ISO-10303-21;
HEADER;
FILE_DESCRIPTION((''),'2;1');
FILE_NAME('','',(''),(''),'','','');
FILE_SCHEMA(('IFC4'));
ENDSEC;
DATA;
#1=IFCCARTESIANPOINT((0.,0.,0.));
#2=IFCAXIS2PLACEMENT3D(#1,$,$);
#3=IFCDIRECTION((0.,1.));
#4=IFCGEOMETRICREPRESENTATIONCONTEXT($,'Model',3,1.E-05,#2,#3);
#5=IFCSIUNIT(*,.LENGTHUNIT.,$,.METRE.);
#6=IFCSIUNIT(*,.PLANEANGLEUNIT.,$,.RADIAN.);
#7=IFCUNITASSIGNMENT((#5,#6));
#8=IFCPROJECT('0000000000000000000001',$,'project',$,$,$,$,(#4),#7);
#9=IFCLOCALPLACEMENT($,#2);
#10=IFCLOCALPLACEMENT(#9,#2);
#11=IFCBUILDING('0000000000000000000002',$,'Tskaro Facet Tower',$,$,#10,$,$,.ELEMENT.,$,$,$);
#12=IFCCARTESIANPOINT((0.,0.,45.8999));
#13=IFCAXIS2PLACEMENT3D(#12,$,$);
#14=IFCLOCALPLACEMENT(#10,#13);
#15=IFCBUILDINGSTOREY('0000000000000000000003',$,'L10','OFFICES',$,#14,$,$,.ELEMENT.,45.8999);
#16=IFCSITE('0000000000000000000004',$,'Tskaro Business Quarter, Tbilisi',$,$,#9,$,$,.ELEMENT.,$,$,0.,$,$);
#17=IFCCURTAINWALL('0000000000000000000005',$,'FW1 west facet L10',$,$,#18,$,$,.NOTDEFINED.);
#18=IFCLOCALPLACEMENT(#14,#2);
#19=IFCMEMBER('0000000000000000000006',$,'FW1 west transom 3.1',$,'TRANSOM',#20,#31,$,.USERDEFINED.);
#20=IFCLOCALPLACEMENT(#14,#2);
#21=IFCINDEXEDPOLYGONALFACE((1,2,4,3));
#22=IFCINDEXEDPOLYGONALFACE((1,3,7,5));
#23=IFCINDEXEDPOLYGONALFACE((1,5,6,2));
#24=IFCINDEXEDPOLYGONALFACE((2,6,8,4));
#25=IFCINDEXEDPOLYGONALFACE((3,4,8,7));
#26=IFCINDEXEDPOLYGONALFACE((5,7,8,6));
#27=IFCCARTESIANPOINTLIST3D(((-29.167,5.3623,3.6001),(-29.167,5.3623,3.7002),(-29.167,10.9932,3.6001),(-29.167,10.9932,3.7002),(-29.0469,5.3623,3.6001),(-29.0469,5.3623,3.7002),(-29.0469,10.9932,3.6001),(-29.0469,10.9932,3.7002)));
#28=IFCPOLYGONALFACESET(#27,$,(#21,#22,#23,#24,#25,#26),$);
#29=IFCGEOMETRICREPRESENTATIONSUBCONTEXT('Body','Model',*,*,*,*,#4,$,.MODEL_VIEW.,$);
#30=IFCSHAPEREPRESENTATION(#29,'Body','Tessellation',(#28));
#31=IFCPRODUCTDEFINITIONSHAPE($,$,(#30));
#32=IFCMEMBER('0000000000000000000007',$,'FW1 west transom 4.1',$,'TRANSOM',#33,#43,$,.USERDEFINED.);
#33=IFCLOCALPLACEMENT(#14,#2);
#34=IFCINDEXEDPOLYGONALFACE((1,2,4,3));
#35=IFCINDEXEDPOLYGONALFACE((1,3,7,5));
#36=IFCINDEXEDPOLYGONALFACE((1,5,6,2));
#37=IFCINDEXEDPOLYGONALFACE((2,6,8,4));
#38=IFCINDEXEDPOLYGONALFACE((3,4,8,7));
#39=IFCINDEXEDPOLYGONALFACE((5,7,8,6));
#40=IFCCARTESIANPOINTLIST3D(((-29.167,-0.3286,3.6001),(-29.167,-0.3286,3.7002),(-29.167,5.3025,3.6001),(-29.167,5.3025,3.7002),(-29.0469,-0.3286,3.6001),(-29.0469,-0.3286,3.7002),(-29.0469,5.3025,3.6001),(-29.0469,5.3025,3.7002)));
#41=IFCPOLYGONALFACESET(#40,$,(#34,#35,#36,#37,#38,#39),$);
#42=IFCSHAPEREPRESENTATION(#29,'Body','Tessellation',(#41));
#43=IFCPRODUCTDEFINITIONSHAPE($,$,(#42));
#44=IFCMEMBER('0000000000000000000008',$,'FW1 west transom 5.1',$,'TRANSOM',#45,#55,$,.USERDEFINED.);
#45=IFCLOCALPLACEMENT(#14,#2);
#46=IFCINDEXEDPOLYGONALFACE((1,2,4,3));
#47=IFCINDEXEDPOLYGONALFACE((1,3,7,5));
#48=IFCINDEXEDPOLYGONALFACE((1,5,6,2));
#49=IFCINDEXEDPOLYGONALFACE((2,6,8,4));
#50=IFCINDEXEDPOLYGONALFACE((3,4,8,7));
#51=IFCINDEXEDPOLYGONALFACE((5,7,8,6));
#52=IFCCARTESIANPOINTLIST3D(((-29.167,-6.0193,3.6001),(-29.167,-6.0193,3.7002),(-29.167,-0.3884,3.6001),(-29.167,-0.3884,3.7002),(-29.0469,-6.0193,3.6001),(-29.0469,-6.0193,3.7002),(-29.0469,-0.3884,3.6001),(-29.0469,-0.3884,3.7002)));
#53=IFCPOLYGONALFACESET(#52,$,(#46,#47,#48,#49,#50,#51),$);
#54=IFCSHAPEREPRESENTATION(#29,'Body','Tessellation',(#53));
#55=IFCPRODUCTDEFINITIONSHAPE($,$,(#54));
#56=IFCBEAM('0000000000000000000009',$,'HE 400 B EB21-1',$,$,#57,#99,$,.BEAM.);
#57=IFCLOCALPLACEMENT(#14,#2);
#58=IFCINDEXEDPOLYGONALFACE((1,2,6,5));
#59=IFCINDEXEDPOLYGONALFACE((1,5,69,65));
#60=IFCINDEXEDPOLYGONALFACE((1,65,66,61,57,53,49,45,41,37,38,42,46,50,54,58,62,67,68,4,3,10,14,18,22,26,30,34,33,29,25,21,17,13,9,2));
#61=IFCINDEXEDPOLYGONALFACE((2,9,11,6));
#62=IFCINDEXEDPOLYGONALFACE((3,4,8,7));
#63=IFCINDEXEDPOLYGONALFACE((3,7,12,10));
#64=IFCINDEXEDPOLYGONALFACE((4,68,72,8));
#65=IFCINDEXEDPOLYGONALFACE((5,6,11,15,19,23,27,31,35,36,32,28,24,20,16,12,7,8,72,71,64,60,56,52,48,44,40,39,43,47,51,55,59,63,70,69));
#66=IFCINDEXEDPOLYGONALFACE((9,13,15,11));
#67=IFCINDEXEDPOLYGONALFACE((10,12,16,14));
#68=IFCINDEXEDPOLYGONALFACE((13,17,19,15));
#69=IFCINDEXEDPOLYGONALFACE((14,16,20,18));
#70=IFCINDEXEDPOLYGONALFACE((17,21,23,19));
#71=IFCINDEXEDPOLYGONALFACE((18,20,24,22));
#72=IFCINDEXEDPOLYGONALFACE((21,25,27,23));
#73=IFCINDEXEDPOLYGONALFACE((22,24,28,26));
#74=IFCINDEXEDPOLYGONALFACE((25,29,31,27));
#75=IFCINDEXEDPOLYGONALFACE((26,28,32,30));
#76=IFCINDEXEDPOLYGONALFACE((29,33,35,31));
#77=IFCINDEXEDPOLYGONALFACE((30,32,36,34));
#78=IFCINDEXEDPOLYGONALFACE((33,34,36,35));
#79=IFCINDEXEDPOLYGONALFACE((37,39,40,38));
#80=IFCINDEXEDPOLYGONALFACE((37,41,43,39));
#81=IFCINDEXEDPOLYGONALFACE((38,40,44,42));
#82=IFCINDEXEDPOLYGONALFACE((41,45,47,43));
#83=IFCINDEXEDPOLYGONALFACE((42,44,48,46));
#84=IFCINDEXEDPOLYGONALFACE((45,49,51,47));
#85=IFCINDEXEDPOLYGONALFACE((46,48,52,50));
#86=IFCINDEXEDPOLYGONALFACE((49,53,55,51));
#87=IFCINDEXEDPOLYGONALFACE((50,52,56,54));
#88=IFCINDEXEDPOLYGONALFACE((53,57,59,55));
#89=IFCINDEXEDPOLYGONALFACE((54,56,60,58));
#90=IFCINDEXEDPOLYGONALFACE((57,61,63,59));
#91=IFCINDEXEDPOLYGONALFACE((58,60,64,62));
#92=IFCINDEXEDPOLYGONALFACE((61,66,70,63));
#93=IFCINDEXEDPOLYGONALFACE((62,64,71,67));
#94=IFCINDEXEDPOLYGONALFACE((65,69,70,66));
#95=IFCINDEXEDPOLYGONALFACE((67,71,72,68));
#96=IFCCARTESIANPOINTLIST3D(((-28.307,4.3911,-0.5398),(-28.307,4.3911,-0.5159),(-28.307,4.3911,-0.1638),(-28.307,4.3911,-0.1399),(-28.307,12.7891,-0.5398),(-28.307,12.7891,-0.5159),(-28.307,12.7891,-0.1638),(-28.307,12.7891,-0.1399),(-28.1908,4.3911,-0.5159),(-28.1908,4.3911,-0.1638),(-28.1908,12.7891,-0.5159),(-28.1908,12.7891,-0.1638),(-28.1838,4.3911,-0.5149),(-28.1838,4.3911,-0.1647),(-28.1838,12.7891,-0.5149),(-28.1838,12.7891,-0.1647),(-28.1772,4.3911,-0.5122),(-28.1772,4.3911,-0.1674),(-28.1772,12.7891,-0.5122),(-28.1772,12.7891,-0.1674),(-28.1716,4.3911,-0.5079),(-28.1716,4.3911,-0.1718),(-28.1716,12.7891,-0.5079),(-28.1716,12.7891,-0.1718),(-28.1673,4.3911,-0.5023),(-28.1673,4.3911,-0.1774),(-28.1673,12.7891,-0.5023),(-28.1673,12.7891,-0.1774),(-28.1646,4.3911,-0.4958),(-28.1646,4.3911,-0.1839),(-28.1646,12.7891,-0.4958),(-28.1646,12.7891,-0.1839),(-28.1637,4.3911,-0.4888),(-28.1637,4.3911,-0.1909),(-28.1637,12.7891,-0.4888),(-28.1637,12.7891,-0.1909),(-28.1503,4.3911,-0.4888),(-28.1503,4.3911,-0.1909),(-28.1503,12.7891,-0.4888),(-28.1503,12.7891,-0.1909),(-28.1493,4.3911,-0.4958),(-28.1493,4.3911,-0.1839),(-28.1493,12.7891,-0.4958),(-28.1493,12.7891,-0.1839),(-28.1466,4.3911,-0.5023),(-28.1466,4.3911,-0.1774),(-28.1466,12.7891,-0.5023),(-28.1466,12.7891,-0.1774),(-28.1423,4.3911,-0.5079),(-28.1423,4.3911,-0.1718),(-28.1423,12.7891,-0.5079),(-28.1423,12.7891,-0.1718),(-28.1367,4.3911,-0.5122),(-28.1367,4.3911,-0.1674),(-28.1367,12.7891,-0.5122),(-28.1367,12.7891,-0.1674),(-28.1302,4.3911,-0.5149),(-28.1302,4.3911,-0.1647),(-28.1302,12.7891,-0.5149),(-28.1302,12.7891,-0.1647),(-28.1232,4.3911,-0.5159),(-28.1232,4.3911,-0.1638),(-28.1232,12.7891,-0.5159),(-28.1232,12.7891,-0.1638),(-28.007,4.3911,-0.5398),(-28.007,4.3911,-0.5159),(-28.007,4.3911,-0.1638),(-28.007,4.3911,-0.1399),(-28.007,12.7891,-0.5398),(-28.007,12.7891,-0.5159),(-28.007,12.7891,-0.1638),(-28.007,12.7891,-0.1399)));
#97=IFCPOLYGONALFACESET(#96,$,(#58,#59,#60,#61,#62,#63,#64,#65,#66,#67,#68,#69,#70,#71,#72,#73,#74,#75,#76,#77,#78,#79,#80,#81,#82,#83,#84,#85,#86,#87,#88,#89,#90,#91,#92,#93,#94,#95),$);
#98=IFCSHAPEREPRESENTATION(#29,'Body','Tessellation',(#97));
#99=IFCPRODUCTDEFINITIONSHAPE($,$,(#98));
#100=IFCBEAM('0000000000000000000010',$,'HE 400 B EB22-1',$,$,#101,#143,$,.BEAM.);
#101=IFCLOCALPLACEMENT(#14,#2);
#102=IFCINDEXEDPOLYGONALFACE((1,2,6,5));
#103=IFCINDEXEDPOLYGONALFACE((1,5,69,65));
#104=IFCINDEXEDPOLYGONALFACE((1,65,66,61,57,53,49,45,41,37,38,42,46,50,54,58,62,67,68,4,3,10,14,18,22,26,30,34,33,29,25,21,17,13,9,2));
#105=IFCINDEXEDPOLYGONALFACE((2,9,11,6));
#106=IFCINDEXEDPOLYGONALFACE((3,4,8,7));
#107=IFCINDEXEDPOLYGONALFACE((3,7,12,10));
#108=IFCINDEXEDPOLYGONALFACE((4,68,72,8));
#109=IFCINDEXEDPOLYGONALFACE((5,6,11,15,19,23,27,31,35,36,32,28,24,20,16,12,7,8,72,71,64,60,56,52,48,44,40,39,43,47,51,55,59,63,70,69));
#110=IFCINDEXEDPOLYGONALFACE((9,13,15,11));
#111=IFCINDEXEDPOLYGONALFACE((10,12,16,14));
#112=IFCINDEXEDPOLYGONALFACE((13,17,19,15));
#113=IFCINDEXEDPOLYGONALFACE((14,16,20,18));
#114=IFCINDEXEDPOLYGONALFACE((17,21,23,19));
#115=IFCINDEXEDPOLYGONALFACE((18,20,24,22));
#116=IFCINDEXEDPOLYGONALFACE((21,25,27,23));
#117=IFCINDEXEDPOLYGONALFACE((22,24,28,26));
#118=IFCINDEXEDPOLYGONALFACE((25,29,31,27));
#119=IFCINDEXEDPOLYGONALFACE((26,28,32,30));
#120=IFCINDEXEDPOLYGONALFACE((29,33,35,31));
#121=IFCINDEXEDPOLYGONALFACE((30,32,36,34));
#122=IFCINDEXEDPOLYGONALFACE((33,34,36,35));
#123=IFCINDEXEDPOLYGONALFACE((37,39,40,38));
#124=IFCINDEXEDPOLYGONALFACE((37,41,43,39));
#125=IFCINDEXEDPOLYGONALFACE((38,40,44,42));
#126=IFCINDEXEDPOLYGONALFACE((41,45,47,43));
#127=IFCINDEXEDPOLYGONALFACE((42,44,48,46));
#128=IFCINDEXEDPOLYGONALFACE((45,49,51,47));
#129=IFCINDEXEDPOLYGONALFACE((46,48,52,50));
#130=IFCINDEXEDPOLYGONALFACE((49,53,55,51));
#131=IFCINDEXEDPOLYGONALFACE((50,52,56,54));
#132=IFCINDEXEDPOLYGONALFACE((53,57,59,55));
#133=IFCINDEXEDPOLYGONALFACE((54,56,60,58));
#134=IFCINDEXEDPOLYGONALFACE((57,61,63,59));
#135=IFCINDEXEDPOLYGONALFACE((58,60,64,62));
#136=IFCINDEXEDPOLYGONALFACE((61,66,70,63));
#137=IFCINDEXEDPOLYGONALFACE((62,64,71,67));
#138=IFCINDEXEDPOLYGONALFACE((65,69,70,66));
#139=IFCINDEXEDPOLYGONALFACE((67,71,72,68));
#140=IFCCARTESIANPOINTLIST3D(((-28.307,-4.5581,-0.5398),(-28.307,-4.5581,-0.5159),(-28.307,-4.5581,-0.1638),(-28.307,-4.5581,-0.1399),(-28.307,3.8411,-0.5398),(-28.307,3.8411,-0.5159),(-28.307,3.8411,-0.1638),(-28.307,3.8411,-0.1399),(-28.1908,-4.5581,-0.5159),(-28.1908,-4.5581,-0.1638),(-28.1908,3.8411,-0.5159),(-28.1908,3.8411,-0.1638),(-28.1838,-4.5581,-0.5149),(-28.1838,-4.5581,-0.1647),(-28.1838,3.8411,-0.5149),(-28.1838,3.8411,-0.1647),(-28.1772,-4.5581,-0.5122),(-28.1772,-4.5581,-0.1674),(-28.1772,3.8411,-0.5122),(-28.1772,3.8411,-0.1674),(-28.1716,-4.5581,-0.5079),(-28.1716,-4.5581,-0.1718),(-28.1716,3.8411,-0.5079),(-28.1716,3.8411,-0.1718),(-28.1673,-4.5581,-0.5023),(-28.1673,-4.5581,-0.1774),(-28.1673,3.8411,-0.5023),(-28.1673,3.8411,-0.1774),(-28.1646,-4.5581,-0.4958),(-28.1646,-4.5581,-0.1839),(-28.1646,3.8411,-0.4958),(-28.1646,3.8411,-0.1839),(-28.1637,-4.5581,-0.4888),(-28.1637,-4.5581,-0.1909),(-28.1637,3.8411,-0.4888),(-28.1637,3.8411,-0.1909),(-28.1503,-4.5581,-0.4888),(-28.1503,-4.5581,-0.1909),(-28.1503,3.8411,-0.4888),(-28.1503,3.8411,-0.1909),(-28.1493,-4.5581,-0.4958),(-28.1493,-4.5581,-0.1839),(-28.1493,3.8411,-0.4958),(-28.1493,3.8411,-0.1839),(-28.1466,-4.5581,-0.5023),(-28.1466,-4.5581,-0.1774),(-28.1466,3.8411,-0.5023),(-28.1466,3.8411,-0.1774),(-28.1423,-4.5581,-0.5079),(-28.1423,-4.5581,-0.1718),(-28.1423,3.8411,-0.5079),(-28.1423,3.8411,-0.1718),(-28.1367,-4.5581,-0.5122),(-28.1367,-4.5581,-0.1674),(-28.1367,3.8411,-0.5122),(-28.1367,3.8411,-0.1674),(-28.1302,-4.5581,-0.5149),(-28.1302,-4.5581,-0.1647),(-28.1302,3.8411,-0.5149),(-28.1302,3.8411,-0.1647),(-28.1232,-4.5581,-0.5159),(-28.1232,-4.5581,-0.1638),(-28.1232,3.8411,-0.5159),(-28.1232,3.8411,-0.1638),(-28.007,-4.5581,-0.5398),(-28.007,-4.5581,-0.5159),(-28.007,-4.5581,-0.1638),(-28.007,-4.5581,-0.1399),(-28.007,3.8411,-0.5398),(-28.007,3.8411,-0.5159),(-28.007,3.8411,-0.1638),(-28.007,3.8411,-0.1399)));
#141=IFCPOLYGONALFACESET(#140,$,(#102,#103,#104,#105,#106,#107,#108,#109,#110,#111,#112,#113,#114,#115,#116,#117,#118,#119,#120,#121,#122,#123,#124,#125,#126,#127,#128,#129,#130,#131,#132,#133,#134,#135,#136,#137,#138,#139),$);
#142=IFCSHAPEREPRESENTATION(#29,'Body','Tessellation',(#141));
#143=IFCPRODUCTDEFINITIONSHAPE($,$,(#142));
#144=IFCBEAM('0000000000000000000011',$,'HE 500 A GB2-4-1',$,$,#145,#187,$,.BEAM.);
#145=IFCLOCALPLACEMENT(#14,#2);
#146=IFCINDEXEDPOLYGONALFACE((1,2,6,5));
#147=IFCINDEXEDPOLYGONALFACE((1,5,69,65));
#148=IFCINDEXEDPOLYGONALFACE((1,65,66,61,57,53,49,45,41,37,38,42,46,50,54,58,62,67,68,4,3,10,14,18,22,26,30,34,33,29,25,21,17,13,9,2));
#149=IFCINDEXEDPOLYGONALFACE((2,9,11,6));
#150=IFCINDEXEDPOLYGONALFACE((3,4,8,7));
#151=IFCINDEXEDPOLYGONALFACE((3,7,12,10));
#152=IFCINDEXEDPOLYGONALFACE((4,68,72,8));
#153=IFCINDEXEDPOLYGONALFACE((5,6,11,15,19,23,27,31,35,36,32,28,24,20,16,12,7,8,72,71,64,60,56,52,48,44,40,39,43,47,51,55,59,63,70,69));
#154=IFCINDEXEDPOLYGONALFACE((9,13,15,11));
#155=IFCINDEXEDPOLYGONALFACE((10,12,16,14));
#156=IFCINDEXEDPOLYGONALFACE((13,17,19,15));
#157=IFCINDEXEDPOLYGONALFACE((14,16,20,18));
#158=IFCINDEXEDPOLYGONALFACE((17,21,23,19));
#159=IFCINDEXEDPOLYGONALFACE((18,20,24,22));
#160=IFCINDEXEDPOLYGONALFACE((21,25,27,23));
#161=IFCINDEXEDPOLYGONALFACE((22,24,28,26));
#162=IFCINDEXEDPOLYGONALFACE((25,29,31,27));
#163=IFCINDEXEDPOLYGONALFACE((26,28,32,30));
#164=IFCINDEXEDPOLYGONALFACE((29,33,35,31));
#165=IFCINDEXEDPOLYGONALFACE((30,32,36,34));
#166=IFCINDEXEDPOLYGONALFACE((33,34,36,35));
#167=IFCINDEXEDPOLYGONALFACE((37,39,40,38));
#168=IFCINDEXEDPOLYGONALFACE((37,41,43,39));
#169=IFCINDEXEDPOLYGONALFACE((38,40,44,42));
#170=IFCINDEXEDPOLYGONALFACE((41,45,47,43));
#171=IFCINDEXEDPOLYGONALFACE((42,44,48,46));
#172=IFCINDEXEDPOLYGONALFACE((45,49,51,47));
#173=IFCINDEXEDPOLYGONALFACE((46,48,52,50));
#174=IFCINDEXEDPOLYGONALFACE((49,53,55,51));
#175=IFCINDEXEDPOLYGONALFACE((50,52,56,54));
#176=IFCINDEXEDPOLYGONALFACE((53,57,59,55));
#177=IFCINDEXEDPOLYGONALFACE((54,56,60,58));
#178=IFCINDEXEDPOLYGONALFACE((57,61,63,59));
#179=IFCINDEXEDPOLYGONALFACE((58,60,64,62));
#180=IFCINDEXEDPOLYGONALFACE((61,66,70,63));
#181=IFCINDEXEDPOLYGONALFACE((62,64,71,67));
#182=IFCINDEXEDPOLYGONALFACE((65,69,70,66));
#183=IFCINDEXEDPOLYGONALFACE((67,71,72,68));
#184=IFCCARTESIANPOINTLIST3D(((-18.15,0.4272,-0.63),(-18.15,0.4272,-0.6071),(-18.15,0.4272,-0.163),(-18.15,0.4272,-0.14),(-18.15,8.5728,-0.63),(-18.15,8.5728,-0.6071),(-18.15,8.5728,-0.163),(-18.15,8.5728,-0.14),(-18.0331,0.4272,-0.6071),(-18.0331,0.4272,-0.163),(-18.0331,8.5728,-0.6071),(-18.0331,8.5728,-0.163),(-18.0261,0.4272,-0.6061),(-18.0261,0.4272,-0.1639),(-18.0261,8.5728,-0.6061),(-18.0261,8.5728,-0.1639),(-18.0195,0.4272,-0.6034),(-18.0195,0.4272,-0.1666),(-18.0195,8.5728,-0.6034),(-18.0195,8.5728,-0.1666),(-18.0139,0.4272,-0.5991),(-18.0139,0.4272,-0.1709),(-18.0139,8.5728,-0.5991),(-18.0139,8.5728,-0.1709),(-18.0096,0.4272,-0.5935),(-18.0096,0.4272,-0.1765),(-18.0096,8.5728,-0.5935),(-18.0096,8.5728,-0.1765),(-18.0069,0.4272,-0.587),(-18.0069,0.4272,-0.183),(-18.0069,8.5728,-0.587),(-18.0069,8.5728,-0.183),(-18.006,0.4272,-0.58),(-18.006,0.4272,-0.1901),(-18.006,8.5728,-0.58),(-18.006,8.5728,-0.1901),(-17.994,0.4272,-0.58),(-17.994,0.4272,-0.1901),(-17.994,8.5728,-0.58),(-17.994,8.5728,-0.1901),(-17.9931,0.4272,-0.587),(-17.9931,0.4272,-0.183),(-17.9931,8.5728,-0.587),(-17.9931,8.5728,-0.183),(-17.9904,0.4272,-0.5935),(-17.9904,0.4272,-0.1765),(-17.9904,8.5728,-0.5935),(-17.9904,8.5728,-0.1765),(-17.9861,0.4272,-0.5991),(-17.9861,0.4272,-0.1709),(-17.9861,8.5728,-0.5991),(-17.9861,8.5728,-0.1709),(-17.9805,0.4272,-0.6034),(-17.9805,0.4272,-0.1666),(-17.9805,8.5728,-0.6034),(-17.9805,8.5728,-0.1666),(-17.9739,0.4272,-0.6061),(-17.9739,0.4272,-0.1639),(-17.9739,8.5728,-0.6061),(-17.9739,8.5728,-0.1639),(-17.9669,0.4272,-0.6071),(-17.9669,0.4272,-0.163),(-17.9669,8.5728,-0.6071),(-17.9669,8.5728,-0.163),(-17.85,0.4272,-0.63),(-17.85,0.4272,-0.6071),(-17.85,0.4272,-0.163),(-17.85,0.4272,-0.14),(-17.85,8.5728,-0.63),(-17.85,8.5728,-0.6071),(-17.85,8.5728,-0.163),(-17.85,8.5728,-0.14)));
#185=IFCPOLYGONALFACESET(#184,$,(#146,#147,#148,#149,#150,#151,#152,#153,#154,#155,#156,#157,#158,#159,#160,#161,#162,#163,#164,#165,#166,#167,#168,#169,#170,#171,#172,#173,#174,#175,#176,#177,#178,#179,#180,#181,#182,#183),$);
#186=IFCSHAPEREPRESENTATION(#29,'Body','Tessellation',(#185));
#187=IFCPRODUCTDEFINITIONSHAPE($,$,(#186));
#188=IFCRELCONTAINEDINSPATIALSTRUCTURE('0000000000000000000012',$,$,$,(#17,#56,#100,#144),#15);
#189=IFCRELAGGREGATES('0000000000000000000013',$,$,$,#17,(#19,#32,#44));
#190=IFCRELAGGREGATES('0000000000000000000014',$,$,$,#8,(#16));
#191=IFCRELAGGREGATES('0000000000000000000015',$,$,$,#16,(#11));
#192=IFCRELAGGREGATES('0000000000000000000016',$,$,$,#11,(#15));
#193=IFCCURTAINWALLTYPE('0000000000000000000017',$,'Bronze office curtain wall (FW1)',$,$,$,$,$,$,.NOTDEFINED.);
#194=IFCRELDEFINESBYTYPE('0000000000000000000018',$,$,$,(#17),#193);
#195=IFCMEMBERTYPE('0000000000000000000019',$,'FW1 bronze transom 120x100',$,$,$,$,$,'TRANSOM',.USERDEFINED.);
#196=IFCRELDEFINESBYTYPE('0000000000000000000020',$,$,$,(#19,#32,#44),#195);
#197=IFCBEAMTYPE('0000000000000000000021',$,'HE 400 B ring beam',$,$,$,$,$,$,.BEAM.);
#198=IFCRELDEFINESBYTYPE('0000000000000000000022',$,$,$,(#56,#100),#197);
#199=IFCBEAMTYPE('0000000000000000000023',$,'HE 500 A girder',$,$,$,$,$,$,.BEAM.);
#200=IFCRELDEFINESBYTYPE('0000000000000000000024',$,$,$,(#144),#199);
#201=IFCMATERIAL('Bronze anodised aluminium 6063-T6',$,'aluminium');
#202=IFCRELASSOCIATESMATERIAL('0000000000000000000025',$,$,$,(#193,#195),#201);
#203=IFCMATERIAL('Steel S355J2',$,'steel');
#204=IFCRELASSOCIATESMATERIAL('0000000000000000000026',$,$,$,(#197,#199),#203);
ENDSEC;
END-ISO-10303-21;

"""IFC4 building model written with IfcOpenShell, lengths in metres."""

from ifc_helpers import new_model, si_unit, direction, frame, origin, origin_2d, place, context, subcontext, project, spatial, rectangle, i_section, extrude, material, material_profile, profile_set, type_object, element, aggregate, save


model = new_model("IFC4")

# Units and contexts
model_context = context("Model", 3, precision=1e-05, world=origin(), true_north=direction((0.0, 1.0)))
body_context = subcontext(model_context, "Body", "Model", "MODEL_VIEW")
ifc_project = project(units=[si_unit("LENGTHUNIT", "METRE"), si_unit("PLANEANGLEUNIT", "RADIAN")], contexts=[model_context])

# Site, building, storey
site_placement = place(None, origin())
site = spatial("IfcSite", under=ifc_project, at=site_placement, Name="Tskaro Business Quarter, Tbilisi", CompositionType="ELEMENT", RefElevation=0.0)
building_placement = place(site_placement, origin())
building = spatial("IfcBuilding", under=site, at=building_placement, Name="Tskaro Facet Tower", CompositionType="ELEMENT")
storey_placement = place(building_placement, frame((0.0, 0.0, 45.8999)))
storey = spatial("IfcBuildingStorey", under=building, at=storey_placement, Name="L10", Description="OFFICES", CompositionType="ELEMENT", Elevation=45.8999)

# Curtain wall, members
ifc_material_1 = material(Name="Bronze anodised aluminium 6063-T6", Category="aluminium")
curtain_wall_type = type_object("IfcCurtainWallType", Name="Bronze office curtain wall (FW1)", PredefinedType="NOTDEFINED", material=ifc_material_1)
curtain_wall_placement = place(storey_placement, origin())
curtain_wall = element("IfcCurtainWall", 1, at=curtain_wall_placement, inside=storey, type_object=curtain_wall_type, Name="FW1 west facet L10", PredefinedType="NOTDEFINED")
ifc_material_profile_1 = material_profile(ifc_material_1, rectangle(XDim=0.1201, YDim=0.1001, at=origin_2d()), Name="Transom 120x100")
ifc_profile_set_1 = profile_set([ifc_material_profile_1], Name="Bronze anodised aluminium 6063-T6")
member_type_1 = type_object("IfcMemberType", Name="FW1 bronze transom 120x100", ElementType="TRANSOM", PredefinedType="USERDEFINED", material=ifc_profile_set_1)
member_1_placement = place(storey_placement, frame((-29.1069, 10.9932, 3.6501), z_axis=(0.0, -1.0, 0.0), x_axis=(1.0, 0.0, 0.0)))
member_1 = element("IfcMember", 2, at=member_1_placement, type_object=member_type_1, Name="FW1 west transom 3.1", ObjectType="TRANSOM", PredefinedType="USERDEFINED", context=body_context, shape_type="SweptSolid", body=[
    extrude(rectangle(XDim=0.1201, YDim=0.1001, at=origin_2d()), origin(), (0.0, 0.0, 1.0), 5.6309),
])
member_2_placement = place(storey_placement, frame((-29.1069, 5.3025, 3.6501), z_axis=(0.0, -1.0, 0.0), x_axis=(1.0, 0.0, 0.0)))
member_2 = element("IfcMember", 3, at=member_2_placement, type_object=member_type_1, Name="FW1 west transom 4.1", ObjectType="TRANSOM", PredefinedType="USERDEFINED", context=body_context, shape_type="SweptSolid", body=[
    extrude(rectangle(XDim=0.1201, YDim=0.1001, at=origin_2d()), origin(), (0.0, 0.0, 1.0), 5.6311),
])
member_3_placement = place(storey_placement, frame((-29.1069, -0.3884, 3.6501), z_axis=(0.0, -1.0, 0.0), x_axis=(1.0, 0.0, 0.0)))
member_3 = element("IfcMember", 4, at=member_3_placement, type_object=member_type_1, Name="FW1 west transom 5.1", ObjectType="TRANSOM", PredefinedType="USERDEFINED", context=body_context, shape_type="SweptSolid", body=[
    extrude(rectangle(XDim=0.1201, YDim=0.1001, at=origin_2d()), origin(), (0.0, 0.0, 1.0), 5.6309),
])

# Beams
ifc_material_2 = material(Name="Steel S355J2", Category="steel")
ifc_material_profile_2 = material_profile(ifc_material_2, i_section(OverallWidth=0.3, OverallDepth=0.3999, WebThickness=0.0134, FlangeThickness=0.0239, FilletRadius=0.0271, at=origin_2d()), Name="HE 400 B")
ifc_profile_set_2 = profile_set([ifc_material_profile_2], Name="Steel S355J2")
beam_type_1 = type_object("IfcBeamType", Name="HE 400 B ring beam", PredefinedType="BEAM", material=ifc_profile_set_2)
beam_1_placement = place(storey_placement, frame((-28.157, 12.7891, -0.3398), z_axis=(0.0, -1.0, 0.0), x_axis=(1.0, 0.0, 0.0)))
element("IfcBeam", 5, at=beam_1_placement, inside=storey, type_object=beam_type_1, Name="HE 400 B EB21-1", PredefinedType="BEAM", context=body_context, shape_type="SweptSolid", body=[
    extrude(i_section(OverallWidth=0.3, OverallDepth=0.3999, WebThickness=0.0134, FlangeThickness=0.0239, FilletRadius=0.0271, at=origin_2d()), origin(), (0.0, 0.0, 1.0), 8.3979),
])
beam_2_placement = place(storey_placement, frame((-28.157, 3.8411, -0.3398), z_axis=(0.0, -1.0, 0.0), x_axis=(1.0, 0.0, 0.0)))
element("IfcBeam", 6, at=beam_2_placement, inside=storey, type_object=beam_type_1, Name="HE 400 B EB22-1", PredefinedType="BEAM", context=body_context, shape_type="SweptSolid", body=[
    extrude(i_section(OverallWidth=0.3, OverallDepth=0.3999, WebThickness=0.0134, FlangeThickness=0.0239, FilletRadius=0.0271, at=origin_2d()), origin(), (0.0, 0.0, 1.0), 8.3992),
])
ifc_material_profile_3 = material_profile(ifc_material_2, i_section(OverallWidth=0.3, OverallDepth=0.49, WebThickness=0.012, FlangeThickness=0.0229, FilletRadius=0.0271, at=origin_2d()), Name="HE 500 A")
ifc_profile_set_3 = profile_set([ifc_material_profile_3], Name="Steel S355J2")
beam_type_2 = type_object("IfcBeamType", Name="HE 500 A girder", PredefinedType="BEAM", material=ifc_profile_set_3)
beam_3_placement = place(storey_placement, frame((-18.0, 0.4272, -0.385), z_axis=(0.0, 1.0, 0.0), x_axis=(-1.0, 0.0, 0.0)))
element("IfcBeam", 7, at=beam_3_placement, inside=storey, type_object=beam_type_2, Name="HE 500 A GB2-4-1", PredefinedType="BEAM", context=body_context, shape_type="SweptSolid", body=[
    extrude(i_section(OverallWidth=0.3, OverallDepth=0.49, WebThickness=0.012, FlangeThickness=0.0229, FilletRadius=0.0271, at=origin_2d()), origin(), (0.0, 0.0, 1.0), 8.1455),
])

aggregate(curtain_wall, [member_1, member_2, member_3])

save(model, "model.ifc")
